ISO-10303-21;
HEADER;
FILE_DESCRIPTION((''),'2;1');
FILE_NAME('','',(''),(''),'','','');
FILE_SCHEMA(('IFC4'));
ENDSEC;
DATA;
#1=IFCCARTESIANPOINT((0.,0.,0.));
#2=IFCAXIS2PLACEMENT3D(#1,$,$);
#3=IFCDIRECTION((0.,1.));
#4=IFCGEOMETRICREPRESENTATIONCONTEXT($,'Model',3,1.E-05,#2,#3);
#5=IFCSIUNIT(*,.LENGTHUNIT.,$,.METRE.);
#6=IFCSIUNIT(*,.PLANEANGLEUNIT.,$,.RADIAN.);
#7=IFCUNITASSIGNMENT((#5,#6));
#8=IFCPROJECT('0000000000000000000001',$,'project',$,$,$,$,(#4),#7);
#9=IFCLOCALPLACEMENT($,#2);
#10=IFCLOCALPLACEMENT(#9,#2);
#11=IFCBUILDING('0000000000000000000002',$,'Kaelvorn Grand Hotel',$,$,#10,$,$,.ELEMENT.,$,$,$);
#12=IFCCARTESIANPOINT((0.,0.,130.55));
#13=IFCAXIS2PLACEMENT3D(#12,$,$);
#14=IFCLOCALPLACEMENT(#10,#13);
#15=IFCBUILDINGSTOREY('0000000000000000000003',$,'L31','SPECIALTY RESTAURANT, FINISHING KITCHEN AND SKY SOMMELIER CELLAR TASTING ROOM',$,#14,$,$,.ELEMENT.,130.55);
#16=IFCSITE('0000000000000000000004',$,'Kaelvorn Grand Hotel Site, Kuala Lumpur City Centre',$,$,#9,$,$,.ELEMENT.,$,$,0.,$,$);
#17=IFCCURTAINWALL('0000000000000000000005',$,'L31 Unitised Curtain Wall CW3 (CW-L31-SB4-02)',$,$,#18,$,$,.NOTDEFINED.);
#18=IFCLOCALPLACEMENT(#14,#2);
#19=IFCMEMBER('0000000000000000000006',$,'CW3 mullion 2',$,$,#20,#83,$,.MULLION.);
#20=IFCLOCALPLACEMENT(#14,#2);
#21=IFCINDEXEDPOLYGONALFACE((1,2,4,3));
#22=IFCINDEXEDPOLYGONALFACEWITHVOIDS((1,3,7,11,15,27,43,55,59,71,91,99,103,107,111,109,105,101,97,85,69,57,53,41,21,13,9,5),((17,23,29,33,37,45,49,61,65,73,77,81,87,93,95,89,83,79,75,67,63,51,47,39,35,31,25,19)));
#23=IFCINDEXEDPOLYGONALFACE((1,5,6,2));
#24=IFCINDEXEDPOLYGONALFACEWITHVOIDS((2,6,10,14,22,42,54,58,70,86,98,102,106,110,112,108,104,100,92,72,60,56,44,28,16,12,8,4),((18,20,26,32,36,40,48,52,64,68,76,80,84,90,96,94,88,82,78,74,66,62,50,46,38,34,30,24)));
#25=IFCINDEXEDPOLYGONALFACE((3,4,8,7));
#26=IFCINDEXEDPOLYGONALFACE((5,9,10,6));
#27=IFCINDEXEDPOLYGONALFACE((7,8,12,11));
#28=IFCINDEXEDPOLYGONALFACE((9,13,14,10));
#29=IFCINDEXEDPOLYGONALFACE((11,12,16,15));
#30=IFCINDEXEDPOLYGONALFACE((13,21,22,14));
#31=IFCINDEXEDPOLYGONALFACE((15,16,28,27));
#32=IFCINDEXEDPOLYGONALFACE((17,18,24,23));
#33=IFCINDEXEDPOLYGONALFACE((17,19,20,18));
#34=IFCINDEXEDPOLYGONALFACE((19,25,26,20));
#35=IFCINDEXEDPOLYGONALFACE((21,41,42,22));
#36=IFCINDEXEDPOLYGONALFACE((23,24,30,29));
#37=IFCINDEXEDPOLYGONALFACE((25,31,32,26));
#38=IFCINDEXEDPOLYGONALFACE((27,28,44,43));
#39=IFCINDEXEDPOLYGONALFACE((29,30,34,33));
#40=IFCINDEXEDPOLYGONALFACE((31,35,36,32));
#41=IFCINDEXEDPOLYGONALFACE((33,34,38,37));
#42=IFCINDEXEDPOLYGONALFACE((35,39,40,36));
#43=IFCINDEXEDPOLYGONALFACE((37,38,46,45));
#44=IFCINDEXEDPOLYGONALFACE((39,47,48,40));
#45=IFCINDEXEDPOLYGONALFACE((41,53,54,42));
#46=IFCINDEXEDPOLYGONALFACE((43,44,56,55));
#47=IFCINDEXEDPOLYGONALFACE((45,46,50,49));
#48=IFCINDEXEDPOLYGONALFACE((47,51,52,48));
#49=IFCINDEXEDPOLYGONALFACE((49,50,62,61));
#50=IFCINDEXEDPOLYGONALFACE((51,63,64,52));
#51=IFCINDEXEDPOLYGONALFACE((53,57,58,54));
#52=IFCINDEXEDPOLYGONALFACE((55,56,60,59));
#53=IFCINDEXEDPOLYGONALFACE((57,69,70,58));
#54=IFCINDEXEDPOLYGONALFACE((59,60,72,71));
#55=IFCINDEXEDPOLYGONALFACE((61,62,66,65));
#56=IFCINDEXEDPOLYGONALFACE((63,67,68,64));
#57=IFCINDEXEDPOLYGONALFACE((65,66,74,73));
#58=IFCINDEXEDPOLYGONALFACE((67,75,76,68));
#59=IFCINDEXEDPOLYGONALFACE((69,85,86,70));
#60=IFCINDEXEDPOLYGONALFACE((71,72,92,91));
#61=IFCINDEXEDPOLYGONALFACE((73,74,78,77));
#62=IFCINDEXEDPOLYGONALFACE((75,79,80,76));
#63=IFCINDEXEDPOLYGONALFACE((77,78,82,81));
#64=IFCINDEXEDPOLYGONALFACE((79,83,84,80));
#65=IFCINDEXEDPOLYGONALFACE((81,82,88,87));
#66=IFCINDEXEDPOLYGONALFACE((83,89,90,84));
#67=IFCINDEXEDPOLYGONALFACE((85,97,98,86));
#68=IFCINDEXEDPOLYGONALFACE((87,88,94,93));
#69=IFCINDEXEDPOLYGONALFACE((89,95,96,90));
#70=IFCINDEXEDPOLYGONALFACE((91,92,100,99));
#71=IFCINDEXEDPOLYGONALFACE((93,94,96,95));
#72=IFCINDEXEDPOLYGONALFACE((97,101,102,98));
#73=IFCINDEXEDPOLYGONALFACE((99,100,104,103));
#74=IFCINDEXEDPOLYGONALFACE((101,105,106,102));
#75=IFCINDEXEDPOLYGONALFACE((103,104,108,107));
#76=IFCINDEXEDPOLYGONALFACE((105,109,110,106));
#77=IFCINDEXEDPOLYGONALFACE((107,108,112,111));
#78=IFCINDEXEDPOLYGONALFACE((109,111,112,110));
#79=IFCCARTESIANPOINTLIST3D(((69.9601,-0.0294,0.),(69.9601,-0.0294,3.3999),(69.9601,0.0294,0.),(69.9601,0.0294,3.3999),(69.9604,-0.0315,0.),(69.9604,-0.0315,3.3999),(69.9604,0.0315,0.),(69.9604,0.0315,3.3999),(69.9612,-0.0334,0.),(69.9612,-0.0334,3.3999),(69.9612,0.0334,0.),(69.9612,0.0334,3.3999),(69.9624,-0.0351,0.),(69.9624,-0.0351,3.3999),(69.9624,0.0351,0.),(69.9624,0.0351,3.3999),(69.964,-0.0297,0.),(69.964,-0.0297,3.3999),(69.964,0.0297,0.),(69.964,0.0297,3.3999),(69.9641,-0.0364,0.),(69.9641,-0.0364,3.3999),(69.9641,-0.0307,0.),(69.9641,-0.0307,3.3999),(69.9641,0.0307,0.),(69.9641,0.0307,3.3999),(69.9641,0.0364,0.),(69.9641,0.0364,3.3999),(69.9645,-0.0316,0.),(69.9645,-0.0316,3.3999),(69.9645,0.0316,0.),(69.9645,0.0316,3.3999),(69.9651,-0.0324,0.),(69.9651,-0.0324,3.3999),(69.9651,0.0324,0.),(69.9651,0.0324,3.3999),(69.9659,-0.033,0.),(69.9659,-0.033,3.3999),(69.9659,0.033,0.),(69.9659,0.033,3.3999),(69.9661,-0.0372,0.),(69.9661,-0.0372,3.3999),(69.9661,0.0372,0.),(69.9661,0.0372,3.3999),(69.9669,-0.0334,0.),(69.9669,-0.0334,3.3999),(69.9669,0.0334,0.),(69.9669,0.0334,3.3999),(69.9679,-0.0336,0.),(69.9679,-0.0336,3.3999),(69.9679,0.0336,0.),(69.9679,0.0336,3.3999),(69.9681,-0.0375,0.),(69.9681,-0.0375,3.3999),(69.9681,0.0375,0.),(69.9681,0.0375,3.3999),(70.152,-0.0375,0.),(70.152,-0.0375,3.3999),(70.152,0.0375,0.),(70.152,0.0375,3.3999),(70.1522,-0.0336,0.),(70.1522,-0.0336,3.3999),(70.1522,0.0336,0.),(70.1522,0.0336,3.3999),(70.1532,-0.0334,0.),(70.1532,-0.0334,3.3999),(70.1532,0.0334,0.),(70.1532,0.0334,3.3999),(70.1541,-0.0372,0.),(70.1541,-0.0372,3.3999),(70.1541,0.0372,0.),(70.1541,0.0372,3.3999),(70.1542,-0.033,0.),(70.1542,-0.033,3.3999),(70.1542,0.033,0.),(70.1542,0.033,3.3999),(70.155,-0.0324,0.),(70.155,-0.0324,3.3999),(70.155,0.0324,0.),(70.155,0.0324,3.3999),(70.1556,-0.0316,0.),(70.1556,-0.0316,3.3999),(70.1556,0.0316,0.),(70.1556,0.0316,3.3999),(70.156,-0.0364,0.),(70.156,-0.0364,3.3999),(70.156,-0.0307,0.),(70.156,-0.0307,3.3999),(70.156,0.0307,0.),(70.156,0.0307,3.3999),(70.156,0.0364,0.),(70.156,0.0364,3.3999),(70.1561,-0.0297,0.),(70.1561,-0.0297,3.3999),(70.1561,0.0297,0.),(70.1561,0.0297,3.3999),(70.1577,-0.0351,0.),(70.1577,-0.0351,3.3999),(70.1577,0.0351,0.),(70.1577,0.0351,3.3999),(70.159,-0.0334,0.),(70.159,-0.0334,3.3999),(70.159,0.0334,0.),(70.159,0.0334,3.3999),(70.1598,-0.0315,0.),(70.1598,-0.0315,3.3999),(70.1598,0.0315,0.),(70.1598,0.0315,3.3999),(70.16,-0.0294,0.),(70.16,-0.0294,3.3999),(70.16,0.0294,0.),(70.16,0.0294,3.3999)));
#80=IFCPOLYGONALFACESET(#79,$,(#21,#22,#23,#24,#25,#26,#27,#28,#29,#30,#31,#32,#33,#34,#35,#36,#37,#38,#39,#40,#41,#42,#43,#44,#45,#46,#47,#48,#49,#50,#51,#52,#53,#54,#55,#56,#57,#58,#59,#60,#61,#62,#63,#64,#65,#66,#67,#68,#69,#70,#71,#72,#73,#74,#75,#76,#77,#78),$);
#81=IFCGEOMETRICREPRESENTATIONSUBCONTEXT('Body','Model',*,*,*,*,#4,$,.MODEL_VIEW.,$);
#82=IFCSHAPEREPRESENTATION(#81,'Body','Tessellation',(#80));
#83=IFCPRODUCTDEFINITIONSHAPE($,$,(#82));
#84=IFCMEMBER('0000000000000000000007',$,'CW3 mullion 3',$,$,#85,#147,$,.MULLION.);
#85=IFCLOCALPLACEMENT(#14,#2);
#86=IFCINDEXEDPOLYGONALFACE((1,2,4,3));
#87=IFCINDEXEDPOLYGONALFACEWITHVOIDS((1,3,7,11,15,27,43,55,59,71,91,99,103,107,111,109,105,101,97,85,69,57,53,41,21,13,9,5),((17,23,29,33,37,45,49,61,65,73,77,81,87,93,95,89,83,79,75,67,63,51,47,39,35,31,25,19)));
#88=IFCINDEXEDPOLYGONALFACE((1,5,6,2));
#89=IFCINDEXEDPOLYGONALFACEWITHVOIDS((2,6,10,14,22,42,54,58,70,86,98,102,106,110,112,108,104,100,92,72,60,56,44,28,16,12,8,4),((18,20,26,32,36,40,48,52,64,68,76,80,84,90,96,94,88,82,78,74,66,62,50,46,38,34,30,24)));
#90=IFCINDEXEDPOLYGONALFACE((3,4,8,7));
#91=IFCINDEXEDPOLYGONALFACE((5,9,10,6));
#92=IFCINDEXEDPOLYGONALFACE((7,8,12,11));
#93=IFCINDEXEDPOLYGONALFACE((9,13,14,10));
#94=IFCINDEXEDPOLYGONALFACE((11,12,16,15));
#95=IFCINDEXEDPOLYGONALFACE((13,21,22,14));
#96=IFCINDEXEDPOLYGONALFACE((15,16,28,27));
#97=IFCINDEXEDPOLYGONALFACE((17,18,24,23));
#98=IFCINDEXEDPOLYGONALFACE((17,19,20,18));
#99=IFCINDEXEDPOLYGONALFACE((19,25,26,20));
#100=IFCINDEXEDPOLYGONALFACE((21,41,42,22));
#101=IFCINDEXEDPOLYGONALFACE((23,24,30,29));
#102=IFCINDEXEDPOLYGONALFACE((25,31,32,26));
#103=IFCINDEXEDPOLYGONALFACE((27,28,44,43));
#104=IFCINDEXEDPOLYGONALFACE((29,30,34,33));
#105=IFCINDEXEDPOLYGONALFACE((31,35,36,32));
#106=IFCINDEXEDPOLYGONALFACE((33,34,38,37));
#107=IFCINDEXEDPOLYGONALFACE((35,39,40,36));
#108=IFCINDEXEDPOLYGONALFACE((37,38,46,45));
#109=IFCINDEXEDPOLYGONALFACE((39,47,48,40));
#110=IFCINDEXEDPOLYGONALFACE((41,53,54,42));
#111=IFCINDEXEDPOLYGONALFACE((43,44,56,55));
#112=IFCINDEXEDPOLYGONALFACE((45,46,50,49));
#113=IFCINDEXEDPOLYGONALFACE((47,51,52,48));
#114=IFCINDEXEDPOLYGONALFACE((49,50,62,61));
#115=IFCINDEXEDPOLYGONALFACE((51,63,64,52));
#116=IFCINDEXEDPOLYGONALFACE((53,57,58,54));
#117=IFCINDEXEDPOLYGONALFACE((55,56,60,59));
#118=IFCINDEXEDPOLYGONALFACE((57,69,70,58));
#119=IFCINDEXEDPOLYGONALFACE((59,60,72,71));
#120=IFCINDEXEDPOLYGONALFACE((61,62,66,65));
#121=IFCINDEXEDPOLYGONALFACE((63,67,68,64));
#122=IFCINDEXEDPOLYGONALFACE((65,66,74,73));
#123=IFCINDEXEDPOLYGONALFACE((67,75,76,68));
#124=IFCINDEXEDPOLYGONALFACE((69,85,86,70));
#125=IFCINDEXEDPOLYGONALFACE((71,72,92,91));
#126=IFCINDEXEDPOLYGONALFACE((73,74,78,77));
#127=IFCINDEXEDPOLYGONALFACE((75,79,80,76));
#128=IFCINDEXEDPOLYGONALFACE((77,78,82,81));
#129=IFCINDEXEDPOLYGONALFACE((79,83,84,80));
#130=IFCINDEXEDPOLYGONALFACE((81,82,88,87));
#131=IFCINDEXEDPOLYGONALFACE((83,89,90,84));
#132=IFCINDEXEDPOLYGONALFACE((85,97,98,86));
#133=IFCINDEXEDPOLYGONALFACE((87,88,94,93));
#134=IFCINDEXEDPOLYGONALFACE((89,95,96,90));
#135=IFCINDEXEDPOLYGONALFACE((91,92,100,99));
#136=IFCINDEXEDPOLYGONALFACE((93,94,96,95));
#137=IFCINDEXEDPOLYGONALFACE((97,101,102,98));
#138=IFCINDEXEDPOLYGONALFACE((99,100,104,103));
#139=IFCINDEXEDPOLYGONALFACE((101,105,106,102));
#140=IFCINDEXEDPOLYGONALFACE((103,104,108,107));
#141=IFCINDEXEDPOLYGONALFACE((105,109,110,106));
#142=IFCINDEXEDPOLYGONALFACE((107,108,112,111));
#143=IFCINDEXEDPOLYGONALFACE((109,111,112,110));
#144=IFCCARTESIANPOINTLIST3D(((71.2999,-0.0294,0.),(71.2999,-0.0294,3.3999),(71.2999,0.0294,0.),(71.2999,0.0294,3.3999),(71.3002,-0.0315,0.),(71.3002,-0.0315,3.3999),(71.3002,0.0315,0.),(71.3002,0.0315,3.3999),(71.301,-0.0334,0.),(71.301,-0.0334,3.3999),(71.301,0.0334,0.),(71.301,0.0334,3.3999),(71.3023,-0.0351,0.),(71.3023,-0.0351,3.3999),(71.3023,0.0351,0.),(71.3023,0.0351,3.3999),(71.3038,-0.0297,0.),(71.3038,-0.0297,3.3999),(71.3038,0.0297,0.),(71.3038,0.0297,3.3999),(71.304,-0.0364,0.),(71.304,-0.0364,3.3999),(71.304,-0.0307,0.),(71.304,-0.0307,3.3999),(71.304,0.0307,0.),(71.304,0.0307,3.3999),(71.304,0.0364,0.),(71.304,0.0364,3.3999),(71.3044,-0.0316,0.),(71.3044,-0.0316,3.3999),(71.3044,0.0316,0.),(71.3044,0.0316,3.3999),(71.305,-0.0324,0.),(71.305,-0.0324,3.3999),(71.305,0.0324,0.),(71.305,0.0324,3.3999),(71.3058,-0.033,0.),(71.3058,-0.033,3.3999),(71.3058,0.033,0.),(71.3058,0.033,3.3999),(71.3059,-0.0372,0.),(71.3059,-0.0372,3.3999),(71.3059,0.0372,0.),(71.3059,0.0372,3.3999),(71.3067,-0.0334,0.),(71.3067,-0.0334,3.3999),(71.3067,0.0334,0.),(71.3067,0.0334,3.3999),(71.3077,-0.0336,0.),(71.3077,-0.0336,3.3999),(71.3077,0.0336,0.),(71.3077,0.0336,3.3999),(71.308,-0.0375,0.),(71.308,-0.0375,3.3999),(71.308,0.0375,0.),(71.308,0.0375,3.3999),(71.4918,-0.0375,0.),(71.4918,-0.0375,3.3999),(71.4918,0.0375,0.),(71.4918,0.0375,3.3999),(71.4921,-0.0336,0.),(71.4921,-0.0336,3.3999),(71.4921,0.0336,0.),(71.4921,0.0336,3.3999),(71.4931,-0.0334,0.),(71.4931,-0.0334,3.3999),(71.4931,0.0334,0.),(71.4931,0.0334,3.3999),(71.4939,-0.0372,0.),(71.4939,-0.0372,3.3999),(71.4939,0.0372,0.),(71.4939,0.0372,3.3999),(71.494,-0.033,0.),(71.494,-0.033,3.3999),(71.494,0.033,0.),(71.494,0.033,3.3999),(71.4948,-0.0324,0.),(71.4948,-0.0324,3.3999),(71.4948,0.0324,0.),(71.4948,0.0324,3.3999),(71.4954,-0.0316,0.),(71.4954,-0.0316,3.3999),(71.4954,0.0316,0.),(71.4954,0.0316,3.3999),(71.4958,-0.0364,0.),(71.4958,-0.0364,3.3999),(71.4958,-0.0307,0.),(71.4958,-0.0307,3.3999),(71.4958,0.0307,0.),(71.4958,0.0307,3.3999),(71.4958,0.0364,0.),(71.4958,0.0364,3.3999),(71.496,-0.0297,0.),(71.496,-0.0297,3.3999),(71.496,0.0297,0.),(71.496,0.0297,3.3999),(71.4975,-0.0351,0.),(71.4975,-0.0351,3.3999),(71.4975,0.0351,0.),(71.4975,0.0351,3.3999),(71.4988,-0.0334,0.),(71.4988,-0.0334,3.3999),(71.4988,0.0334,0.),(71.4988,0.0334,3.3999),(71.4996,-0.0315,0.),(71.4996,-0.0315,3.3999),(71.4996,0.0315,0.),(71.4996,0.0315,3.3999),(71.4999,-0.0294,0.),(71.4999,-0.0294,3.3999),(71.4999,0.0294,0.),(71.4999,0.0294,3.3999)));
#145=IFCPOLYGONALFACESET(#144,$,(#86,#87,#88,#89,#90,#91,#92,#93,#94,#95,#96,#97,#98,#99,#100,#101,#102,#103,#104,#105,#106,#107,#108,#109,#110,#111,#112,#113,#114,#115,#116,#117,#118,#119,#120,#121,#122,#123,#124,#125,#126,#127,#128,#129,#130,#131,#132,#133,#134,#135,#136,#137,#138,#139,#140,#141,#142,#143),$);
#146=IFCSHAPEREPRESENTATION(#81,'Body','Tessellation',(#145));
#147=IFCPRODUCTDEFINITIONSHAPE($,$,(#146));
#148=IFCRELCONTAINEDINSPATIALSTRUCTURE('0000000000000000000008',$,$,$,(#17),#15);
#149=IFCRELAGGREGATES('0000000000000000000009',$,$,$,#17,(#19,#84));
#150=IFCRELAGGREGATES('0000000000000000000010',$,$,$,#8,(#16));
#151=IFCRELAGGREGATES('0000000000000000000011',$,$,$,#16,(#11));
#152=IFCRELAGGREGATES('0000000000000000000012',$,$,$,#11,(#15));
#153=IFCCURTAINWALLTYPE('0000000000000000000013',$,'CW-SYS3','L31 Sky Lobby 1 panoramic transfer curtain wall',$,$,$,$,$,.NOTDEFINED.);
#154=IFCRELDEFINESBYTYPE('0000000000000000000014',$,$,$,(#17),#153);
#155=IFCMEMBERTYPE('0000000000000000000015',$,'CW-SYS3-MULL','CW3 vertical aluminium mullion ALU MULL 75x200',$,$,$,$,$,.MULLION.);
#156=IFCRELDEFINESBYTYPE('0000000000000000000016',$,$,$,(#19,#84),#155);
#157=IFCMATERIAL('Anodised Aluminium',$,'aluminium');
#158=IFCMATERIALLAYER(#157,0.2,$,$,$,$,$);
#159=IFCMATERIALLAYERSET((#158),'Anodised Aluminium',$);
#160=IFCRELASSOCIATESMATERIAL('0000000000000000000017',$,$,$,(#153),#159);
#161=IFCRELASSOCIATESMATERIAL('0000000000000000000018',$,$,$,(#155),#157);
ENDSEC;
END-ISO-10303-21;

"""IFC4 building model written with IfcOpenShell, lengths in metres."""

from ifc_helpers import new_model, si_unit, direction, frame, origin, origin_2d, place, context, subcontext, project, spatial, hollow_rectangle, extrude, material, layer, layer_set, material_profile, profile_set, type_object, element, aggregate, save


model = new_model("IFC4")

# Units and contexts
model_context = context("Model", 3, precision=1e-05, world=origin(), true_north=direction((0.0, 1.0)))
body_context = subcontext(model_context, "Body", "Model", "MODEL_VIEW")
ifc_project = project(units=[si_unit("LENGTHUNIT", "METRE"), si_unit("PLANEANGLEUNIT", "RADIAN")], contexts=[model_context])

# Site, building, storey
site_placement = place(None, origin())
site = spatial("IfcSite", under=ifc_project, at=site_placement, Name="Kaelvorn Grand Hotel Site, Kuala Lumpur City Centre", CompositionType="ELEMENT", RefElevation=0.0)
building_placement = place(site_placement, origin())
building = spatial("IfcBuilding", under=site, at=building_placement, Name="Kaelvorn Grand Hotel", CompositionType="ELEMENT")
storey_placement = place(building_placement, frame((0.0, 0.0, 130.55)))
storey = spatial("IfcBuildingStorey", under=building, at=storey_placement, Name="L31", Description="SPECIALTY RESTAURANT, FINISHING KITCHEN AND SKY SOMMELIER CELLAR TASTING ROOM", CompositionType="ELEMENT", Elevation=130.55)

# Curtain wall, members
ifc_material_1 = material(Name="Anodised Aluminium", Category="aluminium")
ifc_layer_1 = layer(ifc_material_1, 0.2)
ifc_layer_set_1 = layer_set([ifc_layer_1], Name="Anodised Aluminium")
curtain_wall_type = type_object("IfcCurtainWallType", Name="CW-SYS3", Description="L31 Sky Lobby 1 panoramic transfer curtain wall", PredefinedType="NOTDEFINED", material=ifc_layer_set_1)
curtain_wall_placement = place(storey_placement, origin())
curtain_wall = element("IfcCurtainWall", 1, at=curtain_wall_placement, inside=storey, type_object=curtain_wall_type, Name="L31 Unitised Curtain Wall CW3 (CW-L31-SB4-02)", PredefinedType="NOTDEFINED")
ifc_material_profile_1 = material_profile(ifc_material_1, hollow_rectangle(XDim=0.075, YDim=0.2, WallThickness=0.0039, InnerFilletRadius=0.0039, OuterFilletRadius=0.0081, at=origin_2d()), Name="ALU MULL 75x200")
ifc_profile_set_1 = profile_set([ifc_material_profile_1], Name="Anodised Aluminium")
member_type_1 = type_object("IfcMemberType", Name="CW-SYS3-MULL", Description="CW3 vertical aluminium mullion ALU MULL 75x200", PredefinedType="MULLION", material=ifc_profile_set_1)
member_1_placement = place(storey_placement, frame((70.0601, 0.0, 0.0), z_axis=(0.0, 0.0, 1.0), x_axis=(0.0, 1.0, 0.0)))
member_1 = element("IfcMember", 2, at=member_1_placement, type_object=member_type_1, Name="CW3 mullion 2", PredefinedType="MULLION", context=body_context, shape_type="SweptSolid", body=[
    extrude(hollow_rectangle(XDim=0.075, YDim=0.2, WallThickness=0.0039, InnerFilletRadius=0.0039, OuterFilletRadius=0.0081, at=origin_2d()), origin(), (0.0, 0.0, 1.0), 3.3999),
])
member_2_placement = place(storey_placement, frame((71.3999, 0.0, 0.0), z_axis=(0.0, 0.0, 1.0), x_axis=(0.0, 1.0, 0.0)))
member_2 = element("IfcMember", 3, at=member_2_placement, type_object=member_type_1, Name="CW3 mullion 3", PredefinedType="MULLION", context=body_context, shape_type="SweptSolid", body=[
    extrude(hollow_rectangle(XDim=0.075, YDim=0.2, WallThickness=0.0039, InnerFilletRadius=0.0039, OuterFilletRadius=0.0081, at=origin_2d()), origin(), (0.0, 0.0, 1.0), 3.3999),
])
aggregate(curtain_wall, [member_1, member_2])

save(model, "model.ifc")
